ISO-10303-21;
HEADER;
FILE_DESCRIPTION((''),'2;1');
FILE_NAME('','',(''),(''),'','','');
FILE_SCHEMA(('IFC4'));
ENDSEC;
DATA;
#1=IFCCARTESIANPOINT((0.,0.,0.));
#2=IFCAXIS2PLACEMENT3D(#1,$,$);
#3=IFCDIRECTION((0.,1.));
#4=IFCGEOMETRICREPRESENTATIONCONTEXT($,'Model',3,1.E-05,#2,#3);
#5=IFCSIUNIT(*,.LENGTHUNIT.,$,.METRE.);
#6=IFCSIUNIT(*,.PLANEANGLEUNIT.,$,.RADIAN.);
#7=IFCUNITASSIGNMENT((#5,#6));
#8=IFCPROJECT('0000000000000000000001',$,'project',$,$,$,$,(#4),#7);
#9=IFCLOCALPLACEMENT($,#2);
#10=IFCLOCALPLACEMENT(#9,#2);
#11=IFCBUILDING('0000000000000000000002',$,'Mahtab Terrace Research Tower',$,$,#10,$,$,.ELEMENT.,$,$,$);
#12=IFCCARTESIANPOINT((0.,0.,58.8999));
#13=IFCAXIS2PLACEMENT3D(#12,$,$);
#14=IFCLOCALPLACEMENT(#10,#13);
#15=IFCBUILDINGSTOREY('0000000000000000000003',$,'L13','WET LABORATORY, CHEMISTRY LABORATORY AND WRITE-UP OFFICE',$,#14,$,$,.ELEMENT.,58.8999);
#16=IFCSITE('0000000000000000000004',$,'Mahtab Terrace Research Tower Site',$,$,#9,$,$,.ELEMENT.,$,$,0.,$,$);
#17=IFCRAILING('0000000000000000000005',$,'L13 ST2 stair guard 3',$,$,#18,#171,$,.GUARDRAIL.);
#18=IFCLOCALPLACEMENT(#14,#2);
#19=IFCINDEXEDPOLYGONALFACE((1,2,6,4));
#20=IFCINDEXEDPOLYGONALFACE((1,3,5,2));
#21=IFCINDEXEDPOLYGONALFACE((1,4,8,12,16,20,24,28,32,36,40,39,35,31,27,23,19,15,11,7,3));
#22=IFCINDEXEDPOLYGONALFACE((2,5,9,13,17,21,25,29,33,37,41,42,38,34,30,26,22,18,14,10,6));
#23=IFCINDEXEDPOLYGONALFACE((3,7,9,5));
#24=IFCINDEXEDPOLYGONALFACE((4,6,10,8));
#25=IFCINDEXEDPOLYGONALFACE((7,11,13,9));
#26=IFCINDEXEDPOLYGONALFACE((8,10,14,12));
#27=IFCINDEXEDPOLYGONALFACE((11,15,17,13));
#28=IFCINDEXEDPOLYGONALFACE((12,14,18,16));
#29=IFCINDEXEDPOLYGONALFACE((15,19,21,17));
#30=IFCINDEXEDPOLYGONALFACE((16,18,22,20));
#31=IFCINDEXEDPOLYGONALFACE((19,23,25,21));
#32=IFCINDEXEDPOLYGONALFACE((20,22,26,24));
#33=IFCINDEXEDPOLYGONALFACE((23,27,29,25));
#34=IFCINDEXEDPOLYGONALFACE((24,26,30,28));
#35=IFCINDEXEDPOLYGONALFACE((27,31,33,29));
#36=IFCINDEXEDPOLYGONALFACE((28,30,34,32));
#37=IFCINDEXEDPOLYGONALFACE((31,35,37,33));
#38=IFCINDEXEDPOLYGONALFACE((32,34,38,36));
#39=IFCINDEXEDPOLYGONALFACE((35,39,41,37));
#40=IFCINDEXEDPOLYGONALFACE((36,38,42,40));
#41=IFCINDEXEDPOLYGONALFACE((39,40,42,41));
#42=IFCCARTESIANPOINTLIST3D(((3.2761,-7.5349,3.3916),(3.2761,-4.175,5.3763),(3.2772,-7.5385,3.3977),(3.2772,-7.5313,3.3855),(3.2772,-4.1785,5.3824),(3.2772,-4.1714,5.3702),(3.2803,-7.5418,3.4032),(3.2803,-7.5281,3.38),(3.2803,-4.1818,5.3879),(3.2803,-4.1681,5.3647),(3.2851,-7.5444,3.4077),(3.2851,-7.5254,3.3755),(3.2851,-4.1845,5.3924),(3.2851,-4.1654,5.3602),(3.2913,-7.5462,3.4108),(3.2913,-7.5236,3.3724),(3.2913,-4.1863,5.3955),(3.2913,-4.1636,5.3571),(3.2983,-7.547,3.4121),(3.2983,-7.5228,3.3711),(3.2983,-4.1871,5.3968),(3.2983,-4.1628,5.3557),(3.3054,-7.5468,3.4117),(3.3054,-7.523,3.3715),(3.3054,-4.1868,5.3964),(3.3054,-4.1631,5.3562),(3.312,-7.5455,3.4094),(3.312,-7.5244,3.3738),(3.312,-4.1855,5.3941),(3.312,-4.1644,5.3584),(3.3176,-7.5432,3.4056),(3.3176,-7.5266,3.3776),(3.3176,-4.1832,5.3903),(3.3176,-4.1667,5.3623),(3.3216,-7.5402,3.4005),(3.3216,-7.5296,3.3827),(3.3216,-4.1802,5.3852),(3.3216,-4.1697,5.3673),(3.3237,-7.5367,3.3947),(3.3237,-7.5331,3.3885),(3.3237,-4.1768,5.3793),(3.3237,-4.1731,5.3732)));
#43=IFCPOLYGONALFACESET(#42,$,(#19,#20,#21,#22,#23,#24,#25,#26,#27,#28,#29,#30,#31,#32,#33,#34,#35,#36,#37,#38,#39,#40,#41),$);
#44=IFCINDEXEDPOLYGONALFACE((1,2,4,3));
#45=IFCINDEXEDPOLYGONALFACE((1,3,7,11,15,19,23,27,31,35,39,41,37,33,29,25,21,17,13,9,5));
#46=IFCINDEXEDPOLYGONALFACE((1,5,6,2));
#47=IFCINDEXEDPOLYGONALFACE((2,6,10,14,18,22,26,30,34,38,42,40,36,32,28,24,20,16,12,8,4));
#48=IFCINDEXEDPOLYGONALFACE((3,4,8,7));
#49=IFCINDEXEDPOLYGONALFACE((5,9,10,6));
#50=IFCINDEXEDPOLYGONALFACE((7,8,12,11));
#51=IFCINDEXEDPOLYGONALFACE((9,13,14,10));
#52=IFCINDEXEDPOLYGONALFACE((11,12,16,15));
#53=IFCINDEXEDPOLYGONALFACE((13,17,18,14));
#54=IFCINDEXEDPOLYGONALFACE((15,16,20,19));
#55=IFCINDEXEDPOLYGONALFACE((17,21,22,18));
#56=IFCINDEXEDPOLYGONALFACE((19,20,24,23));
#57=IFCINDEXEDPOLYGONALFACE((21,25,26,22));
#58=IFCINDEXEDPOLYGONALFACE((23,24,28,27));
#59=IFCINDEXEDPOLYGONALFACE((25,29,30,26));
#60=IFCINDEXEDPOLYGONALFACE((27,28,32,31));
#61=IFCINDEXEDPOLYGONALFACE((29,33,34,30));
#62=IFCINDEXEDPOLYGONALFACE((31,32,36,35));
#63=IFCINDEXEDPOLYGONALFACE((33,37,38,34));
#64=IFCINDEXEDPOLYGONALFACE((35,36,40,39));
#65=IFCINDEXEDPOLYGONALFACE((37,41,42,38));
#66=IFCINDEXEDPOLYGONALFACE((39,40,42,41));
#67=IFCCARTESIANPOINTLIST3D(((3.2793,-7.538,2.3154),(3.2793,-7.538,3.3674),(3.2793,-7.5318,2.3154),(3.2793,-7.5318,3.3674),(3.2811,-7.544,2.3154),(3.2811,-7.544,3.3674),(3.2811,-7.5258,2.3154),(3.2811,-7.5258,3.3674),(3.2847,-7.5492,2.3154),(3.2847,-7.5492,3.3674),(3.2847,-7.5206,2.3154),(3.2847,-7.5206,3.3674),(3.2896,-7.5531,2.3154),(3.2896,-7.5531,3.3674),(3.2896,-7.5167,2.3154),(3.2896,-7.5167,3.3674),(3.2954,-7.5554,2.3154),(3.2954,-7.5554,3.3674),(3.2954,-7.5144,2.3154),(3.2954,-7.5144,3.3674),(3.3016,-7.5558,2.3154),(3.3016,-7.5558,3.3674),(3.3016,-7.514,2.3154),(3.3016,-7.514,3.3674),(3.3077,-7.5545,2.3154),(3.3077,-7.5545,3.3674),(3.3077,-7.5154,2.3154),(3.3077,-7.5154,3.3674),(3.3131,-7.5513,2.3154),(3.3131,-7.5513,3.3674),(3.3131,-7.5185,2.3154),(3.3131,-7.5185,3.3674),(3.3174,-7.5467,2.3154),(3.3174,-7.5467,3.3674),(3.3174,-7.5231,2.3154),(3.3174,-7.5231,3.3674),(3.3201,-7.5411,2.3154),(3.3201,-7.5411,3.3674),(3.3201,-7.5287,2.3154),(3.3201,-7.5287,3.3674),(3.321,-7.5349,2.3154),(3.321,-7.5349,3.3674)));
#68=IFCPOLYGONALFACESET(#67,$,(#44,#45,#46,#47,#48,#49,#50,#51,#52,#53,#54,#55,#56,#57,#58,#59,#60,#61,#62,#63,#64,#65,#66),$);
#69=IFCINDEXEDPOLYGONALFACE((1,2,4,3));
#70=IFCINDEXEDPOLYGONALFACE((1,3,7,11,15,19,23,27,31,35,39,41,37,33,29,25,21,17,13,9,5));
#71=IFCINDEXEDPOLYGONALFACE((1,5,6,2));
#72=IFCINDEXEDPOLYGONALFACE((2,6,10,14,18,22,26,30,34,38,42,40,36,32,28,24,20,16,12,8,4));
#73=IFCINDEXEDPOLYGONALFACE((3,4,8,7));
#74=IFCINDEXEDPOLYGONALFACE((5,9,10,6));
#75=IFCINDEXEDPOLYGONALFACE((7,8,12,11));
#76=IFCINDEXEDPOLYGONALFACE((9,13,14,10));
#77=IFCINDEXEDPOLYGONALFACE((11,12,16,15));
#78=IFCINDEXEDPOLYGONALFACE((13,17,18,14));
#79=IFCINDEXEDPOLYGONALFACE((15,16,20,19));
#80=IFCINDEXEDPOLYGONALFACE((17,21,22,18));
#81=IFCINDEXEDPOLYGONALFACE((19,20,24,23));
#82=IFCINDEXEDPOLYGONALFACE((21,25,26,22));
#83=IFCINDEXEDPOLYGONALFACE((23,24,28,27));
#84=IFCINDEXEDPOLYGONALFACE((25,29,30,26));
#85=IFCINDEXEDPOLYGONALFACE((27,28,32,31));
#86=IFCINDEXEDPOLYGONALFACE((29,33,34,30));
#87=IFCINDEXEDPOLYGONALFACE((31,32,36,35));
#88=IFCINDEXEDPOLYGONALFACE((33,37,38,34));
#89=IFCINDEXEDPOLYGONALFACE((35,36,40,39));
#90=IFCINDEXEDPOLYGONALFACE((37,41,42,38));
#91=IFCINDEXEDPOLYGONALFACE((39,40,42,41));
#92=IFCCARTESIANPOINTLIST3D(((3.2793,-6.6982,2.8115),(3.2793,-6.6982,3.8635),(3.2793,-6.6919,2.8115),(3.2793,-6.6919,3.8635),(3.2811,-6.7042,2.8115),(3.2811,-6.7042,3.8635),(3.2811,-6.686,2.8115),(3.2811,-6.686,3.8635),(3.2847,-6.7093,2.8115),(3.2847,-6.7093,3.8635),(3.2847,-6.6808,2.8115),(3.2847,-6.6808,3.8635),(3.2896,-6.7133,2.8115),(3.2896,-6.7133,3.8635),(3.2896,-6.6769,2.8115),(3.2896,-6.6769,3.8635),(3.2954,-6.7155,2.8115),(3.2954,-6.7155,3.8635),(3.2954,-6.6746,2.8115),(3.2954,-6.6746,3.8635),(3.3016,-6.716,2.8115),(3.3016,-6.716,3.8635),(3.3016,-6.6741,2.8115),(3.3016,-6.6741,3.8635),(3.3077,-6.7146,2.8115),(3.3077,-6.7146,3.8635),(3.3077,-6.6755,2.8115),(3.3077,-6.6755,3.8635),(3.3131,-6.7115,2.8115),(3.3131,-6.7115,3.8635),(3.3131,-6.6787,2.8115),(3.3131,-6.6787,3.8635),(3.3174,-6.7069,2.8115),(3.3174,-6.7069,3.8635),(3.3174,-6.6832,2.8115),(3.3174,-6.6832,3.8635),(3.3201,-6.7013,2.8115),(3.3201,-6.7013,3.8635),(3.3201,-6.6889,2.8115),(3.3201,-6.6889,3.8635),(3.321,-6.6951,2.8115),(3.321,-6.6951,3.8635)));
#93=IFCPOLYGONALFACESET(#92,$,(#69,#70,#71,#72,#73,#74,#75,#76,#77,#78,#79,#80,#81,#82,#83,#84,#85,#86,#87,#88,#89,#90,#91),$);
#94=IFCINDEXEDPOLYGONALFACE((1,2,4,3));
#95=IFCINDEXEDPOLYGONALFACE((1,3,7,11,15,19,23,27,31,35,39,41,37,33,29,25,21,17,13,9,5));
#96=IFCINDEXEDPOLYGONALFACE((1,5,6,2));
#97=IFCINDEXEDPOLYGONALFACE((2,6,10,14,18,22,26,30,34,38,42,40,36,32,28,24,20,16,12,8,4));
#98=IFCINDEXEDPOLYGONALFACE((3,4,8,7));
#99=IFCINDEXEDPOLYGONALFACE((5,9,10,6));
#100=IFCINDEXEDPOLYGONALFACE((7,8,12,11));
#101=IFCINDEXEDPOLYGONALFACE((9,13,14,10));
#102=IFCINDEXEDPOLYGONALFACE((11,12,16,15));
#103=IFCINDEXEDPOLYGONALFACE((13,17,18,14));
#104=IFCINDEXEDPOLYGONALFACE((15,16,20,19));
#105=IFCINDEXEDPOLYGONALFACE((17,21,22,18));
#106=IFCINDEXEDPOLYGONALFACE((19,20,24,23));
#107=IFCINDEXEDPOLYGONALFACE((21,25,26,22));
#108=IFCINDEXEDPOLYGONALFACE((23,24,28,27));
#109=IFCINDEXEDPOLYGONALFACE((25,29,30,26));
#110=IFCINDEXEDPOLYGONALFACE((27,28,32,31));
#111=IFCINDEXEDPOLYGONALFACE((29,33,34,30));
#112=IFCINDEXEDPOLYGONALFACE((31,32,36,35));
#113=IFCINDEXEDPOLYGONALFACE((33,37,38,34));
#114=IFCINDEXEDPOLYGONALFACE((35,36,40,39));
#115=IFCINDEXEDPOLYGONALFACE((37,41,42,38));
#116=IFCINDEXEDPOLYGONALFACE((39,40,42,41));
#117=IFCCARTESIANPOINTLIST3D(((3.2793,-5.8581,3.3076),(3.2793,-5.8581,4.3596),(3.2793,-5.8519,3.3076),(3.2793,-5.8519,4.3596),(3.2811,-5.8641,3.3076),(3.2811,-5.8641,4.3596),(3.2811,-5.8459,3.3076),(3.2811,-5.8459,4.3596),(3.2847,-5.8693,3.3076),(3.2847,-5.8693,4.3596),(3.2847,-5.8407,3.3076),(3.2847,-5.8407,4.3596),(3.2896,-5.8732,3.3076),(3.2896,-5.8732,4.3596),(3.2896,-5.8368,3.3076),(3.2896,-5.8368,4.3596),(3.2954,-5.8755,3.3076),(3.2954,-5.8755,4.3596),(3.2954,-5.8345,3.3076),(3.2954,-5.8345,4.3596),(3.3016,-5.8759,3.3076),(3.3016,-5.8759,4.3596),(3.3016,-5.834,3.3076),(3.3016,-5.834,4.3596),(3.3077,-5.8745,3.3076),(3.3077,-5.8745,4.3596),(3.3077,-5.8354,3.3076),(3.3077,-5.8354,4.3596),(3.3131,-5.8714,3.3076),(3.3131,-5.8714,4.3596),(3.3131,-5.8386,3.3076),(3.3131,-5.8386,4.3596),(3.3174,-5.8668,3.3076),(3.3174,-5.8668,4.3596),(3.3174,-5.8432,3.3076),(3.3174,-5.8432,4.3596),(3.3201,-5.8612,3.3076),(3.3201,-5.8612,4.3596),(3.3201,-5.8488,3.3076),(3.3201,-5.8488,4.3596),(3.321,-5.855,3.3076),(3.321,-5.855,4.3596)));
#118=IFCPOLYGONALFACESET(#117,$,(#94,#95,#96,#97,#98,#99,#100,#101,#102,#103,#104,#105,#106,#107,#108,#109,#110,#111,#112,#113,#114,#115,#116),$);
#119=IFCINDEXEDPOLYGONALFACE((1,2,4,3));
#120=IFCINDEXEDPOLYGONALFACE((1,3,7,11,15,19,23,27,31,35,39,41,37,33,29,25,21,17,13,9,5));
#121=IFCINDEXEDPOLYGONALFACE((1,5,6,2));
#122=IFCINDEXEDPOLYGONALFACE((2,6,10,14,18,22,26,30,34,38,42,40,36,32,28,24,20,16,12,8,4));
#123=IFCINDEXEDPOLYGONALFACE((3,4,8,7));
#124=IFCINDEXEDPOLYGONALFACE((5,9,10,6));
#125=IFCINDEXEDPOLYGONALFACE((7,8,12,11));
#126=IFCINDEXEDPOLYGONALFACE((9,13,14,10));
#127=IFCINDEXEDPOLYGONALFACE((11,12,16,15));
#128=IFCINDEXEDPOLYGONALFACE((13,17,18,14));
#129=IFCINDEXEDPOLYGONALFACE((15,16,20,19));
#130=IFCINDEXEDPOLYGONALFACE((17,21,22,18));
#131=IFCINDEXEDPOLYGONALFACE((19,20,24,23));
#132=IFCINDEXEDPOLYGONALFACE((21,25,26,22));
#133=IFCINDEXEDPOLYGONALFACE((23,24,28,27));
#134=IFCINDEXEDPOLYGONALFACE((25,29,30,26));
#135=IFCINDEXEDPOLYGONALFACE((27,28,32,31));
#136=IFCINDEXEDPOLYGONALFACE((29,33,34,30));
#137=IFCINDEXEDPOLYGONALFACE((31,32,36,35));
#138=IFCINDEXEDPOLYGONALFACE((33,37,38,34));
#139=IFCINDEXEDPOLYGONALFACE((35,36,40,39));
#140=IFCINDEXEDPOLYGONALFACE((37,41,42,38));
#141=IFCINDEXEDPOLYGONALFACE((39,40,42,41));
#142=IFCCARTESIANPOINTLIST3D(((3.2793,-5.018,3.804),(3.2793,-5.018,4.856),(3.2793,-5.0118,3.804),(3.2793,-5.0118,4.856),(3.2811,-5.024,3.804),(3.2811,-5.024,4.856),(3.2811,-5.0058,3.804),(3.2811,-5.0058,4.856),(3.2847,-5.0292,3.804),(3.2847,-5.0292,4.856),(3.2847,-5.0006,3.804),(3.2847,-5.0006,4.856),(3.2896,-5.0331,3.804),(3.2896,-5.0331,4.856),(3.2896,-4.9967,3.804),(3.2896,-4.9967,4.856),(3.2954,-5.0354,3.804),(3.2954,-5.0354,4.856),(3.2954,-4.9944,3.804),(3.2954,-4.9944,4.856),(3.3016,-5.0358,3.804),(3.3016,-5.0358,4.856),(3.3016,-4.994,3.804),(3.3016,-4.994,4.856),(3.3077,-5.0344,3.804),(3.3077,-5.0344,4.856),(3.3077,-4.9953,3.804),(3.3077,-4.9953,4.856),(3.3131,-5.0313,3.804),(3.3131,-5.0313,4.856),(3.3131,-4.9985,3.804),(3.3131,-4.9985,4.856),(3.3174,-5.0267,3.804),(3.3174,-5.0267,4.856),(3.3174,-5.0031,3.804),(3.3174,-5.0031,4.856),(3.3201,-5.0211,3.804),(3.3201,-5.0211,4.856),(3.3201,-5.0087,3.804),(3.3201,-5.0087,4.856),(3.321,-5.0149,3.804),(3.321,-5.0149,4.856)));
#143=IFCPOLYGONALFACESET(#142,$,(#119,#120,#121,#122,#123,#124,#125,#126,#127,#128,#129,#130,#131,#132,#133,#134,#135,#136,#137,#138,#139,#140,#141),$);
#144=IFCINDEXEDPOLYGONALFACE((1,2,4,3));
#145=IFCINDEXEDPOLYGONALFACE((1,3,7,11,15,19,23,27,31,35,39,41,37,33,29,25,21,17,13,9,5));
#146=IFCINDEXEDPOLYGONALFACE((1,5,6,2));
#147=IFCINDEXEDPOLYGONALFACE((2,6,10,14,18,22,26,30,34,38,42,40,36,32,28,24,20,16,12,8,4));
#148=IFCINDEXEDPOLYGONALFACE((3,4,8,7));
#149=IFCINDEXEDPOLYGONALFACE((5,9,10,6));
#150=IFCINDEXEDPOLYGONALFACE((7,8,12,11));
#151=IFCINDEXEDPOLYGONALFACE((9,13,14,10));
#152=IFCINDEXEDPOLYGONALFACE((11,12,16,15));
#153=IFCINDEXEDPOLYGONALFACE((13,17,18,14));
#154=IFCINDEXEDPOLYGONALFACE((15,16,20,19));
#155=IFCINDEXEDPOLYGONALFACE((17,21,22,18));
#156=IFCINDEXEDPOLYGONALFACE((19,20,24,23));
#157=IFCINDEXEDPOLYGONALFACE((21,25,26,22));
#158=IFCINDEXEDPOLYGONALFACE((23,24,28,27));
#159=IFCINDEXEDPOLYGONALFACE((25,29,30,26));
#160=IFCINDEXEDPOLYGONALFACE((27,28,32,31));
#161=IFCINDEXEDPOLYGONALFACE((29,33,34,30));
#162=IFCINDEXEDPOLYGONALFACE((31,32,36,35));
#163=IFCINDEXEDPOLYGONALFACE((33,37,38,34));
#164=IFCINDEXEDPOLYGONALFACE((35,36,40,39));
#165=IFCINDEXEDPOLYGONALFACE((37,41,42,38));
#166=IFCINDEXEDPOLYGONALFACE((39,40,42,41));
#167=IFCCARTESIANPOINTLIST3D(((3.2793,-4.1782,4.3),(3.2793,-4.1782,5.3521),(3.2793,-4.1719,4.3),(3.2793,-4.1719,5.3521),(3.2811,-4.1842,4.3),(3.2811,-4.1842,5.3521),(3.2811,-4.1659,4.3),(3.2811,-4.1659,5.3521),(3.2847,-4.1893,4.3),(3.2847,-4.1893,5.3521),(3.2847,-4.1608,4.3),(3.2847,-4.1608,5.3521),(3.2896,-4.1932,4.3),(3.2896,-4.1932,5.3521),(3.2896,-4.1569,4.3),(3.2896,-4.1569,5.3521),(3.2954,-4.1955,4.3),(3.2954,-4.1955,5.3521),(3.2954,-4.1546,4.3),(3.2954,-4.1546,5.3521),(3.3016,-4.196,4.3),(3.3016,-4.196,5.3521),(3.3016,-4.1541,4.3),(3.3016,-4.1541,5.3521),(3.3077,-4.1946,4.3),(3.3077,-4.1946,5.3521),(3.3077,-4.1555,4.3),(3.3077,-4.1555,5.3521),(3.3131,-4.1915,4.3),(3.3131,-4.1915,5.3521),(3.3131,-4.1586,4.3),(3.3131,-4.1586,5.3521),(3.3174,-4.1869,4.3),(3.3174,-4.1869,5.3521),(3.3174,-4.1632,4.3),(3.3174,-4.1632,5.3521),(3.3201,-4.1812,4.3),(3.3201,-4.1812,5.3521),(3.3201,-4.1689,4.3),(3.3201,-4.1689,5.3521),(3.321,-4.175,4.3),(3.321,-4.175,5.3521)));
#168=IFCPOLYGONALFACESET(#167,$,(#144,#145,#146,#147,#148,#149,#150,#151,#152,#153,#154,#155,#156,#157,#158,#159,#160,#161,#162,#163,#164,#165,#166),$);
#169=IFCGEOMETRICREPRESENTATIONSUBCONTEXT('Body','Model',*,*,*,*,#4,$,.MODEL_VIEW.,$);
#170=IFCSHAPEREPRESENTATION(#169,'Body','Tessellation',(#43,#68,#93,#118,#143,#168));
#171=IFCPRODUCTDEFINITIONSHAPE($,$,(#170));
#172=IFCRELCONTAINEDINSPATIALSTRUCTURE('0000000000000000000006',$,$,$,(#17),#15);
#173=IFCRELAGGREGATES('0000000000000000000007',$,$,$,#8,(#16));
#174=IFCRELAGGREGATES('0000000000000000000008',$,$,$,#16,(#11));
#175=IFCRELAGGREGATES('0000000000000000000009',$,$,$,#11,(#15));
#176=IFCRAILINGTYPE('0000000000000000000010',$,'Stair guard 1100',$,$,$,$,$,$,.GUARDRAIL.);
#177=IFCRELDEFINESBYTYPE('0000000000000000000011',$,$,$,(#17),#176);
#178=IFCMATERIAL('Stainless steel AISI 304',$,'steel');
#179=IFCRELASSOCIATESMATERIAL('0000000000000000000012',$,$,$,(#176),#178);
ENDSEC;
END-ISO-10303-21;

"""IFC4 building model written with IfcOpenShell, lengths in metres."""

from ifc_helpers import new_model, si_unit, direction, frame, origin, origin_2d, place, context, subcontext, project, spatial, circle, extrude, material, type_object, element, save


model = new_model("IFC4")

# Units and contexts
model_context = context("Model", 3, precision=1e-05, world=origin(), true_north=direction((0.0, 1.0)))
body_context = subcontext(model_context, "Body", "Model", "MODEL_VIEW")
ifc_project = project(units=[si_unit("LENGTHUNIT", "METRE"), si_unit("PLANEANGLEUNIT", "RADIAN")], contexts=[model_context])

# Site, building, storey
site_placement = place(None, origin())
site = spatial("IfcSite", under=ifc_project, at=site_placement, Name="Mahtab Terrace Research Tower Site", CompositionType="ELEMENT", RefElevation=0.0)
building_placement = place(site_placement, origin())
building = spatial("IfcBuilding", under=site, at=building_placement, Name="Mahtab Terrace Research Tower", CompositionType="ELEMENT")
storey_placement = place(building_placement, frame((0.0, 0.0, 58.8999)))
storey = spatial("IfcBuildingStorey", under=building, at=storey_placement, Name="L13", Description="WET LABORATORY, CHEMISTRY LABORATORY AND WRITE-UP OFFICE", CompositionType="ELEMENT", Elevation=58.8999)

# Railing
ifc_material_1 = material(Name="Stainless steel AISI 304", Category="steel")
railing_type_1 = type_object("IfcRailingType", Name="Stair guard 1100", PredefinedType="GUARDRAIL", material=ifc_material_1)
railing_1_placement = place(storey_placement, frame((3.3, -7.5349, 2.3154)))
element("IfcRailing", 1, at=railing_1_placement, inside=storey, type_object=railing_type_1, Name="L13 ST2 stair guard 3", PredefinedType="GUARDRAIL", context=body_context, shape_type="SweptSolid", body=[
    extrude(circle(Radius=0.0239, at=origin_2d()), frame((0.0, 0.0, 1.0762), z_axis=(0.0, 0.861011, 0.508586), x_axis=(-1.0, 0.0, 0.0)), (0.0, 0.0, 1.0), 3.9023),
    extrude(circle(Radius=0.021, at=origin_2d()), origin(), (0.0, 0.0, 1.0), 1.052),
    extrude(circle(Radius=0.021, at=origin_2d()), frame((0.0, 0.8398, 0.4961)), (0.0, 0.0, 1.0), 1.052),
    extrude(circle(Radius=0.021, at=origin_2d()), frame((0.0, 1.6799, 0.9922)), (0.0, 0.0, 1.0), 1.052),
    extrude(circle(Radius=0.021, at=origin_2d()), frame((0.0, 2.52, 1.4885)), (0.0, 0.0, 1.0), 1.052),
    extrude(circle(Radius=0.021, at=origin_2d()), frame((0.0, 3.3599, 1.9846)), (0.0, 0.0, 1.0), 1.052),
])

save(model, "model.ifc")
